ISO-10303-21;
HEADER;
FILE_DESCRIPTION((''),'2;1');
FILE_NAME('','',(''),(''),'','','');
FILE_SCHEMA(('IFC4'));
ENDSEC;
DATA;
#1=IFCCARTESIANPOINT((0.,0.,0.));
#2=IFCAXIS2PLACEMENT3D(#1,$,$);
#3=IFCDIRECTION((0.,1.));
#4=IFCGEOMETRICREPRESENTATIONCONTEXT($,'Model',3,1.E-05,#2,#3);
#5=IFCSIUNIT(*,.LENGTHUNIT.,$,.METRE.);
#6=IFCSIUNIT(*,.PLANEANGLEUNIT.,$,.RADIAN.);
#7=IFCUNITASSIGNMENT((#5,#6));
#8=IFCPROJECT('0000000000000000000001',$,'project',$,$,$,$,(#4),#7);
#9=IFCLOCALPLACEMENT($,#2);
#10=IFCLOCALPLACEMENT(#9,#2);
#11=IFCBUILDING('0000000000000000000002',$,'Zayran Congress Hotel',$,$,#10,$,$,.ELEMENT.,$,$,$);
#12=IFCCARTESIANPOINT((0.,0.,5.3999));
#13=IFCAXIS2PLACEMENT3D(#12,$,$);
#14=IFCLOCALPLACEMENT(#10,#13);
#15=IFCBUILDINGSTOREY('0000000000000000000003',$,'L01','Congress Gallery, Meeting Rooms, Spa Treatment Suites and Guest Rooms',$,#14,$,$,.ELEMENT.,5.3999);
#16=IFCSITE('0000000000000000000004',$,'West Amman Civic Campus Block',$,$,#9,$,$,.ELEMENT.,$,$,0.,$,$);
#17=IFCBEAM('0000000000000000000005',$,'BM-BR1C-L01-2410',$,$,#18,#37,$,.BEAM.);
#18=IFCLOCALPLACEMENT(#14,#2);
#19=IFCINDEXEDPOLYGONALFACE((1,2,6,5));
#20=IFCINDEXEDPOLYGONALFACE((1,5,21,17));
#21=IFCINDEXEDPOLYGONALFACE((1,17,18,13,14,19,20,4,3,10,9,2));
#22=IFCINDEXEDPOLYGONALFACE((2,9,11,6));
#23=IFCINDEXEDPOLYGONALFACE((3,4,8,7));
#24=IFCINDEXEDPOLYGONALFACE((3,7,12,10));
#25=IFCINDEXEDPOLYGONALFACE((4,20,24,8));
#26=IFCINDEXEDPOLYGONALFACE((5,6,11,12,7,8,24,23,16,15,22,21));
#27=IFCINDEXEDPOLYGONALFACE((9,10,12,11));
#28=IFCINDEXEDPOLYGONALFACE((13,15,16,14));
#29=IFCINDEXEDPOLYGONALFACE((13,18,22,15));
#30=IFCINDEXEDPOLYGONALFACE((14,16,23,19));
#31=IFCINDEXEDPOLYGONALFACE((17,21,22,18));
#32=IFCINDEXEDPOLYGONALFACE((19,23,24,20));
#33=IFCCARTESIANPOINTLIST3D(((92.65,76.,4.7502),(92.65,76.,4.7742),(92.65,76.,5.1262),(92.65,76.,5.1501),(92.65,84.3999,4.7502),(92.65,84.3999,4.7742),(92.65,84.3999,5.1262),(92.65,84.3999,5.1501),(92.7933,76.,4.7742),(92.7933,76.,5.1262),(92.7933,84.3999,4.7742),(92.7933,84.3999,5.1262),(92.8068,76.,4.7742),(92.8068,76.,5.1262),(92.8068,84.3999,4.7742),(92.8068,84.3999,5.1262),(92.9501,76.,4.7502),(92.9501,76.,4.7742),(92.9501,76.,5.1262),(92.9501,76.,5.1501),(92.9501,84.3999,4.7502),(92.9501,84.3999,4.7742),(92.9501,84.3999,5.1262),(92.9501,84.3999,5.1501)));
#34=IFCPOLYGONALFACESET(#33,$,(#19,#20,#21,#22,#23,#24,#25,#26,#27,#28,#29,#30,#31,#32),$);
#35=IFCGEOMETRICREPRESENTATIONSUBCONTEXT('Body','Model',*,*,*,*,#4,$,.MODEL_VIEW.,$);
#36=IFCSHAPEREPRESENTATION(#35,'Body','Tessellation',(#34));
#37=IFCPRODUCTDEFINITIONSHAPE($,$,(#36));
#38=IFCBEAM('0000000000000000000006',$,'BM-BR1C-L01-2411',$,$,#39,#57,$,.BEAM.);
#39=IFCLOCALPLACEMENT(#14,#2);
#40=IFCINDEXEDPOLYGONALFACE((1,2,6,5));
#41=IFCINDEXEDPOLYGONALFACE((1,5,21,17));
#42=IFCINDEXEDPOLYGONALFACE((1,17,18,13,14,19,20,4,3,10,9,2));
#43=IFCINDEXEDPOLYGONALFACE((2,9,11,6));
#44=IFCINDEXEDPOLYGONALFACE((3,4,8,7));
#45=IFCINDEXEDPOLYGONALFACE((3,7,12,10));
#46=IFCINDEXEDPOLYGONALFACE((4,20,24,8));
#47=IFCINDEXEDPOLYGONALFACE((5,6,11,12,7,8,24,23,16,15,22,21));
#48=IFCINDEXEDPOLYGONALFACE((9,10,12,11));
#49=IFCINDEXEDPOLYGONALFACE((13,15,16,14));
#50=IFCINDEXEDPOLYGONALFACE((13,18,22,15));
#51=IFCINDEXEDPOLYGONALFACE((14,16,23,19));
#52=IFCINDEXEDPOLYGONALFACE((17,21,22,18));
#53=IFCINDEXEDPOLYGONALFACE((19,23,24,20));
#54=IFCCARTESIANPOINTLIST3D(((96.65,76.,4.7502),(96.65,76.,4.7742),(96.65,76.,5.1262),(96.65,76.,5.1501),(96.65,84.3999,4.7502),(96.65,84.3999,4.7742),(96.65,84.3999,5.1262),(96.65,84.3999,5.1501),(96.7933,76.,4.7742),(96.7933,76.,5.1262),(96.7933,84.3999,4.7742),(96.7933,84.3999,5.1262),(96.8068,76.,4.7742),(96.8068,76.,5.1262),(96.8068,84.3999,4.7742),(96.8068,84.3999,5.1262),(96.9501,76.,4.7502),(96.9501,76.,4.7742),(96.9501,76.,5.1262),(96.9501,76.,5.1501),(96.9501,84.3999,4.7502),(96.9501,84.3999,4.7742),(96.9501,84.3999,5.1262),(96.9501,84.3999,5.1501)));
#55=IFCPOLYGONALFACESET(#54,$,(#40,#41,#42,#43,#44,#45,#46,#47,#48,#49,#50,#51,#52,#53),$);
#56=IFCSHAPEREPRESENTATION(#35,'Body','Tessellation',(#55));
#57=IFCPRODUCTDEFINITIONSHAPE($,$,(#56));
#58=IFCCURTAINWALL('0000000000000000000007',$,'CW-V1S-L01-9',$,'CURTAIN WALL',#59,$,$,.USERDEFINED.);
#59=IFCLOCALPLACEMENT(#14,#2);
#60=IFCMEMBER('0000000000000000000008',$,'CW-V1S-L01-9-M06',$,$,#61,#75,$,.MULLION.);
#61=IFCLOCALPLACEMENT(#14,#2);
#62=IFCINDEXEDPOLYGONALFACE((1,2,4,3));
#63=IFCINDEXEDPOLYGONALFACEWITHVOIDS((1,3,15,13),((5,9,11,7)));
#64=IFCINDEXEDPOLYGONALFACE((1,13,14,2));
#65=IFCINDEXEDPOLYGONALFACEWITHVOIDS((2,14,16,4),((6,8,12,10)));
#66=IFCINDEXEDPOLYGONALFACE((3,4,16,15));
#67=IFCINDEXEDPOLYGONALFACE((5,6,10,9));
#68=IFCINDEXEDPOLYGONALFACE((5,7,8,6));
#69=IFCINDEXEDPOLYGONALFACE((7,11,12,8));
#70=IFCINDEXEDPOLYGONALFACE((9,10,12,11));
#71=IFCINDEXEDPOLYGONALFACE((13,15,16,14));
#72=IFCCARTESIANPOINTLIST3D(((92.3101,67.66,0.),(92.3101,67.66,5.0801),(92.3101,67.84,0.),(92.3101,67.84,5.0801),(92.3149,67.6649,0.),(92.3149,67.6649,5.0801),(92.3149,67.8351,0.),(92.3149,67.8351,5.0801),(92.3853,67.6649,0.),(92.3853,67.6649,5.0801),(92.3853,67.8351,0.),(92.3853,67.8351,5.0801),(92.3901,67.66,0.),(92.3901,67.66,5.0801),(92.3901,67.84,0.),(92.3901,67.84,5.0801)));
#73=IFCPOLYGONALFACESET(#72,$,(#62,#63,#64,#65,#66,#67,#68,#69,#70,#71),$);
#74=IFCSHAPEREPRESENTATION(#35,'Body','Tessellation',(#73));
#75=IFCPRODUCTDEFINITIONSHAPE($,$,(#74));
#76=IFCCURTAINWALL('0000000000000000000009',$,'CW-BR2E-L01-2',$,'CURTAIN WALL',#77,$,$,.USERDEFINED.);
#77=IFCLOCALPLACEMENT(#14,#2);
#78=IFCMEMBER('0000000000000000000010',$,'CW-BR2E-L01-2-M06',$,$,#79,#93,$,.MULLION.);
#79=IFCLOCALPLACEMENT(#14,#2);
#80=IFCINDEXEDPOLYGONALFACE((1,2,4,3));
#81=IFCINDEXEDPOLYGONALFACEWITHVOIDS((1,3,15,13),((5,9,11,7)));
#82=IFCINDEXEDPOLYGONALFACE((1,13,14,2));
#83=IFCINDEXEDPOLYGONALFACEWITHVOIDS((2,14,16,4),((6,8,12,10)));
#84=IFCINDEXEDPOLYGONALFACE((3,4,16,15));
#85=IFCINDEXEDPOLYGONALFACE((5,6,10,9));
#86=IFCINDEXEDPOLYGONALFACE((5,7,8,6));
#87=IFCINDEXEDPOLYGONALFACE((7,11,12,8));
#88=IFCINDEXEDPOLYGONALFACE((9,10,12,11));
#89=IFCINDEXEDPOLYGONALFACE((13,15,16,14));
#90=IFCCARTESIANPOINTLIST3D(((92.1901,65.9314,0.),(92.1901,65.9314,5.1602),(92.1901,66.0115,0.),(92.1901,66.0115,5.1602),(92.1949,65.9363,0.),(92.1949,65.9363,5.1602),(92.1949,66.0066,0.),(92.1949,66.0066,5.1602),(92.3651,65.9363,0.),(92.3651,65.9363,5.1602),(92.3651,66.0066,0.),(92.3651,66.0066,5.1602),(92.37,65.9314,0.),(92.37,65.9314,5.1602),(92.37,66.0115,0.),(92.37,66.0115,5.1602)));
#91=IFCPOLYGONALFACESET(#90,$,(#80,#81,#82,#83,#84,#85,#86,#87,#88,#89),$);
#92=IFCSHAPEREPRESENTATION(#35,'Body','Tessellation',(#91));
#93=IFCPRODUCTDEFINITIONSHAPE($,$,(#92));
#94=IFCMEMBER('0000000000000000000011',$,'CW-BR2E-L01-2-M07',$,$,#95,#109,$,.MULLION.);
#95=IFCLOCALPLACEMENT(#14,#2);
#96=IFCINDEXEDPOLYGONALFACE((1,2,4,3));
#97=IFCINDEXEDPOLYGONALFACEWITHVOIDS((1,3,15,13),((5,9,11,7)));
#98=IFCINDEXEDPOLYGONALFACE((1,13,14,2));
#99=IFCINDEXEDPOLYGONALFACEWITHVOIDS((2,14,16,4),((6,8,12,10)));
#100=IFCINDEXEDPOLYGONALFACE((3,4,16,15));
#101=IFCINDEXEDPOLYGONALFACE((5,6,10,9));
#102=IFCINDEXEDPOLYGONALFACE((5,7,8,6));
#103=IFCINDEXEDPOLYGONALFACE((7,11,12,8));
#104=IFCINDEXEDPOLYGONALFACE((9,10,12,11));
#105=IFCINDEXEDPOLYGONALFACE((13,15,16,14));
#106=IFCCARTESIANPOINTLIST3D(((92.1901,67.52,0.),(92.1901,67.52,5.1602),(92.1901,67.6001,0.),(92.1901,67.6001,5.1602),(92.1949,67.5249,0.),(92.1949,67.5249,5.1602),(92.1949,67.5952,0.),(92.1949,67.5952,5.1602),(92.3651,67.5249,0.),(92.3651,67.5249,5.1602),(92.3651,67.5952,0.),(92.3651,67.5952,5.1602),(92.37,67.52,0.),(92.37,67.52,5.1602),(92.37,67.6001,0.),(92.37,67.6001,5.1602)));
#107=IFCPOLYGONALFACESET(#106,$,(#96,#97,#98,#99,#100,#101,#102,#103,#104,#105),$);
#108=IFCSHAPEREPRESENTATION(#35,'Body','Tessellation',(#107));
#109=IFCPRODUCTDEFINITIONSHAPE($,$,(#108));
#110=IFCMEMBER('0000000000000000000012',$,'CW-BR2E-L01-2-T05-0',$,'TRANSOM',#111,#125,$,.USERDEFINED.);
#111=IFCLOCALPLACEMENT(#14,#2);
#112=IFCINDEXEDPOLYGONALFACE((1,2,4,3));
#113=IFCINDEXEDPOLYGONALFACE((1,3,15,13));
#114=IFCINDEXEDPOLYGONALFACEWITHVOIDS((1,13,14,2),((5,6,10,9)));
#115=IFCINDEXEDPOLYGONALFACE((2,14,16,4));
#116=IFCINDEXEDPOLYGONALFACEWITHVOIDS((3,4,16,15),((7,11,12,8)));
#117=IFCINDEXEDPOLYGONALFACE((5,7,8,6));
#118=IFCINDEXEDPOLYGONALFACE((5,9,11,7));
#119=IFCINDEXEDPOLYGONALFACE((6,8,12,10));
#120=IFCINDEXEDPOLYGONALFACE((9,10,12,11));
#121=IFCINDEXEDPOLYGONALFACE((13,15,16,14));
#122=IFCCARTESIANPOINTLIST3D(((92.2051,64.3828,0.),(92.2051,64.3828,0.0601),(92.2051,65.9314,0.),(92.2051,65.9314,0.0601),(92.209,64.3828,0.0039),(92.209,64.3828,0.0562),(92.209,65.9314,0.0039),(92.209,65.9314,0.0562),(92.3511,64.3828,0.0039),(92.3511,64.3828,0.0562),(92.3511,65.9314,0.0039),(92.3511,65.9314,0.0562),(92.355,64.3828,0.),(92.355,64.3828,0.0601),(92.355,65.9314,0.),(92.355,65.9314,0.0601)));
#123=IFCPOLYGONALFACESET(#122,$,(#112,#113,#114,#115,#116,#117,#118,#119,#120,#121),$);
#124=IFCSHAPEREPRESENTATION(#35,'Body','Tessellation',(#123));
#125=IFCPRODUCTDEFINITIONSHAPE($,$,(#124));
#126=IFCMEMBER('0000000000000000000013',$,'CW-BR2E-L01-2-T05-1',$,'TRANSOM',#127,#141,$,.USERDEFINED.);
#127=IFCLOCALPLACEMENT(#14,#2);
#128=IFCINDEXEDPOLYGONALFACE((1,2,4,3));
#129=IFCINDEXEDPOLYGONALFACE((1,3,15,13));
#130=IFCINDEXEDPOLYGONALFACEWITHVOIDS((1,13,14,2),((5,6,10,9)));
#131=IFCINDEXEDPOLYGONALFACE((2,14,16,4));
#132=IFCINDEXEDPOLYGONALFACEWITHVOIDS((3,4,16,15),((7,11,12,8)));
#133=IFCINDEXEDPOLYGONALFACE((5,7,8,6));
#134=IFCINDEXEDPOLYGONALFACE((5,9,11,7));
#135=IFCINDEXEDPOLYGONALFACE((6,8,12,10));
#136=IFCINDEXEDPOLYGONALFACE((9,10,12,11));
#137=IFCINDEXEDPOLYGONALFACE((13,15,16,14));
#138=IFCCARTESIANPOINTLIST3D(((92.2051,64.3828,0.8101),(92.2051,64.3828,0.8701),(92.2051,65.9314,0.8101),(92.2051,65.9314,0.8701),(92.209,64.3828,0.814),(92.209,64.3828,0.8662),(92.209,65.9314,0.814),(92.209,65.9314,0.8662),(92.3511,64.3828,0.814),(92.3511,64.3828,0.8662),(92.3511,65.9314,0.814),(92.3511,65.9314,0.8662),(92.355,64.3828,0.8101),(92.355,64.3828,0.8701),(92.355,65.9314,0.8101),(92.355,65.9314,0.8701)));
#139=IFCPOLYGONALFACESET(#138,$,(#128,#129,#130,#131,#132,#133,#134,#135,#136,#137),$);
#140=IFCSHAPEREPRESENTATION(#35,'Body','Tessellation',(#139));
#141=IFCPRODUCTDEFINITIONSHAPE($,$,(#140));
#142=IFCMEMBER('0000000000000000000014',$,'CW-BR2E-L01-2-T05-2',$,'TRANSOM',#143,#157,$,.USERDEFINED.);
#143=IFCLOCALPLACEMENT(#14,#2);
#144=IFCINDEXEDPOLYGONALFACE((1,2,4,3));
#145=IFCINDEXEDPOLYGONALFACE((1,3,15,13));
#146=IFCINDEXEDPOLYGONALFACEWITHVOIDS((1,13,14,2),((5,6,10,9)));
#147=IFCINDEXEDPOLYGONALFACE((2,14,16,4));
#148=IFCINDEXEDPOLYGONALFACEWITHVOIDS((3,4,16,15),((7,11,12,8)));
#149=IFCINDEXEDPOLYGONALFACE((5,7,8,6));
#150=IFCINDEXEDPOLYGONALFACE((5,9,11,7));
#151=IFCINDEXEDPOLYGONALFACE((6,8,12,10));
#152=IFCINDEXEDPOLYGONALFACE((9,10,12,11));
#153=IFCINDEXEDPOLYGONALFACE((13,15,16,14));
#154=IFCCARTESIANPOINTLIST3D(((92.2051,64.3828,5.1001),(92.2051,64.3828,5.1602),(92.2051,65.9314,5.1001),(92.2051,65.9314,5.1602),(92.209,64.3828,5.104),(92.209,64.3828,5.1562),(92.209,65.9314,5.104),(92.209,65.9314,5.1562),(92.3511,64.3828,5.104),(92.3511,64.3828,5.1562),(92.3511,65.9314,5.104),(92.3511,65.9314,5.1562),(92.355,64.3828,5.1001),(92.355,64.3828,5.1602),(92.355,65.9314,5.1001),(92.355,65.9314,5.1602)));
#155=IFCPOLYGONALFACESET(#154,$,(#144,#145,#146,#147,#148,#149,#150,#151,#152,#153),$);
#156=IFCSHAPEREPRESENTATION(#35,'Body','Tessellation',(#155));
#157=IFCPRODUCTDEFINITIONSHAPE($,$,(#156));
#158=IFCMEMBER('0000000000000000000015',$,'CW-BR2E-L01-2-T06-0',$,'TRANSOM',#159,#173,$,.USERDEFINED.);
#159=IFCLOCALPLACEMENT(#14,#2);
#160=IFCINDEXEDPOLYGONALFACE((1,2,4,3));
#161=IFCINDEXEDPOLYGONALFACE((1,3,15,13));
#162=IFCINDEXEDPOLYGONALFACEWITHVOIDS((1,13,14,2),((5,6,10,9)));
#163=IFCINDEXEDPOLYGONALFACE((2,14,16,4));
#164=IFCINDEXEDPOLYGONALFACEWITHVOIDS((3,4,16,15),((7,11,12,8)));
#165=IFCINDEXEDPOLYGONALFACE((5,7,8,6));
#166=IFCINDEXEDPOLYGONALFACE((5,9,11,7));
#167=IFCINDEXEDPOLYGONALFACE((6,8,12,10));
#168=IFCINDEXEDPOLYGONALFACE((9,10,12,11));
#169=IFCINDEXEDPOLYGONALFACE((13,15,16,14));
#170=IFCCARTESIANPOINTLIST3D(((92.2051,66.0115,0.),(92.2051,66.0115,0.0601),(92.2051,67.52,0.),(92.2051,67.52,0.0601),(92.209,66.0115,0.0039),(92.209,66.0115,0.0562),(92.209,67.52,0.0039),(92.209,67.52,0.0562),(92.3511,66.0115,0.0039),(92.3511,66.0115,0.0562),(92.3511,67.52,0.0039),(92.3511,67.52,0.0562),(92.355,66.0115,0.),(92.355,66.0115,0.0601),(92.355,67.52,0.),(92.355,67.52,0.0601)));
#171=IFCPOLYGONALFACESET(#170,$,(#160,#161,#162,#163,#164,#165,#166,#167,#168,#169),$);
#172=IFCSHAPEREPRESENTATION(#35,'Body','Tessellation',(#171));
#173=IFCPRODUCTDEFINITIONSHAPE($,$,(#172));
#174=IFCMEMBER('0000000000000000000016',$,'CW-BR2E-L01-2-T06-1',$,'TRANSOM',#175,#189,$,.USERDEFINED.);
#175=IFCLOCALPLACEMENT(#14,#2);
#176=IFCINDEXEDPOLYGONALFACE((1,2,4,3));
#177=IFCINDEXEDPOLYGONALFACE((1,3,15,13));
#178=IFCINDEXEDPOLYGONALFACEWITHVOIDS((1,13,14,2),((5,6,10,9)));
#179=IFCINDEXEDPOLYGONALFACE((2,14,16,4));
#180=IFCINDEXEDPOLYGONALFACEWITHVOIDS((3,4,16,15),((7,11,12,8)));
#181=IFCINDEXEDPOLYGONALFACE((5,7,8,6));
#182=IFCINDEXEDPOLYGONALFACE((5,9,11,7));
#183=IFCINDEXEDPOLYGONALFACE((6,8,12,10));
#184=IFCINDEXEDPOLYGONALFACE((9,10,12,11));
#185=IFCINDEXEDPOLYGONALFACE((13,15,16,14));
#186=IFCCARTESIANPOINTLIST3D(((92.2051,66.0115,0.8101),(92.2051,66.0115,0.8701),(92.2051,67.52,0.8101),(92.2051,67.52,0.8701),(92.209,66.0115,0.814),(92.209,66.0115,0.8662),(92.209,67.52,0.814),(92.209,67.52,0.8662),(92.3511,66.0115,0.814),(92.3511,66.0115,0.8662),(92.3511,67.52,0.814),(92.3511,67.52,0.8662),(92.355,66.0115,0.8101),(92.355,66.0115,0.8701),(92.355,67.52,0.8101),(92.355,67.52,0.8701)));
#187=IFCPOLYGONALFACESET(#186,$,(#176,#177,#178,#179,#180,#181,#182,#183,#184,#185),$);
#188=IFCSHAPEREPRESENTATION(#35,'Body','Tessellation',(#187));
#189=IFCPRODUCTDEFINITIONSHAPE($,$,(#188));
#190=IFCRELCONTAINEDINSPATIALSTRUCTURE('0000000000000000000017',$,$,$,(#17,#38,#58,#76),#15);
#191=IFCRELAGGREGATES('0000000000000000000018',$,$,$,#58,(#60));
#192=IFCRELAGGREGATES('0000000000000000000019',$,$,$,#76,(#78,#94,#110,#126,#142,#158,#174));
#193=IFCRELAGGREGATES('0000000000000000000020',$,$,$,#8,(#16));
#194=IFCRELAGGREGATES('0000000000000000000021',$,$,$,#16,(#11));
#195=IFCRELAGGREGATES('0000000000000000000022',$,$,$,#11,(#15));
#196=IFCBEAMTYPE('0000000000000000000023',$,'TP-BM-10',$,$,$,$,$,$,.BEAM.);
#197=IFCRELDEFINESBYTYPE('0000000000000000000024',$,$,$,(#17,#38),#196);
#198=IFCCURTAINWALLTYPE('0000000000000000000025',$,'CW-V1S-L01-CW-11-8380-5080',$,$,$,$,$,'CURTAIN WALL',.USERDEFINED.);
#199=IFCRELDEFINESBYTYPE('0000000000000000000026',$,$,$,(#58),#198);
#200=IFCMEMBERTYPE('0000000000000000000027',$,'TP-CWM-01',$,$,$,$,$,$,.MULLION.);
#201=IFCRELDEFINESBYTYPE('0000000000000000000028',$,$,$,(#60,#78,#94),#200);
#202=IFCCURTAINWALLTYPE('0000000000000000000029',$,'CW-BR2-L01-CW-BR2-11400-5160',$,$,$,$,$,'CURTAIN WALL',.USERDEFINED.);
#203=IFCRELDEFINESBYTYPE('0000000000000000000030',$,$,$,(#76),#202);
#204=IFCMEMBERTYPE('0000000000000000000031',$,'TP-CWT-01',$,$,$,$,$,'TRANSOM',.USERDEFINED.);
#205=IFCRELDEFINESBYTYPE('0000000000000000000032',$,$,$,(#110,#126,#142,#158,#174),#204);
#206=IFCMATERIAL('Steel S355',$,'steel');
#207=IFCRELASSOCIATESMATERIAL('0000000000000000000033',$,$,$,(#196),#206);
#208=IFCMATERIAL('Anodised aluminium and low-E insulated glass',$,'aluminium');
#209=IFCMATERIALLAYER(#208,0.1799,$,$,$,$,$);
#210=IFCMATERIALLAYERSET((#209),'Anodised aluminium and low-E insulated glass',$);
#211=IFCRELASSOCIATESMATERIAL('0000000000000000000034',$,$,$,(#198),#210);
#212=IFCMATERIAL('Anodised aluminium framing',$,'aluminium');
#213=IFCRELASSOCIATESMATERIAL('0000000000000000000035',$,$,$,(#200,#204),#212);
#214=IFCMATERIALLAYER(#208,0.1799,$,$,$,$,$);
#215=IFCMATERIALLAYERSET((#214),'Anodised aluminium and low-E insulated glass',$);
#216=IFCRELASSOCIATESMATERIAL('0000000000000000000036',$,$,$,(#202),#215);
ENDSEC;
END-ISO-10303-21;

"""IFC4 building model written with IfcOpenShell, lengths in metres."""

from ifc_helpers import new_model, si_unit, direction, frame, origin, origin_2d, place, context, subcontext, project, spatial, hollow_rectangle, i_section, extrude, material, layer, layer_set, material_profile, profile_set, type_object, element, aggregate, save


model = new_model("IFC4")

# Units and contexts
model_context = context("Model", 3, precision=1e-05, world=origin(), true_north=direction((0.0, 1.0)))
body_context = subcontext(model_context, "Body", "Model", "MODEL_VIEW")
ifc_project = project(units=[si_unit("LENGTHUNIT", "METRE"), si_unit("PLANEANGLEUNIT", "RADIAN")], contexts=[model_context])

# Site, building, storey
site_placement = place(None, origin())
site = spatial("IfcSite", under=ifc_project, at=site_placement, Name="West Amman Civic Campus Block", CompositionType="ELEMENT", RefElevation=0.0)
building_placement = place(site_placement, origin())
building = spatial("IfcBuilding", under=site, at=building_placement, Name="Zayran Congress Hotel", CompositionType="ELEMENT")
storey_placement = place(building_placement, frame((0.0, 0.0, 5.3999)))
storey = spatial("IfcBuildingStorey", under=building, at=storey_placement, Name="L01", Description="Congress Gallery, Meeting Rooms, Spa Treatment Suites and Guest Rooms", CompositionType="ELEMENT", Elevation=5.3999)

# Beams
ifc_material_1 = material(Name="Steel S355", Category="steel")
ifc_material_profile_1 = material_profile(ifc_material_1, i_section(OverallWidth=0.3, OverallDepth=0.3999, WebThickness=0.0134, FlangeThickness=0.0239, at=origin_2d()), Name="HEB 400")
ifc_profile_set_1 = profile_set([ifc_material_profile_1], Name="Steel S355")
beam_type = type_object("IfcBeamType", Name="TP-BM-10", PredefinedType="BEAM", material=ifc_profile_set_1)
for number, where, z_axis, x_axis, name in (
    (1, (92.8, 76.0, 4.9502), (0.0, 1.0, 0.0), (-1.0, 0.0, 0.0), "BM-BR1C-L01-2410"),
    (2, (96.8, 76.0, 4.9502), (0.0, 1.0, 0.0), (-1.0, 0.0, 0.0), "BM-BR1C-L01-2411"),
):
    element("IfcBeam", number, at=place(storey_placement, frame(where, z_axis=z_axis, x_axis=x_axis)), inside=storey, type_object=beam_type, Name=name, PredefinedType="BEAM", context=body_context, shape_type="SweptSolid", body=[
        extrude(i_section(OverallWidth=0.3, OverallDepth=0.3999, WebThickness=0.0134, FlangeThickness=0.0239, at=origin_2d()), origin(), (0.0, 0.0, 1.0), 8.3999),
    ])

# Curtain wall, member
ifc_material_2 = material(Name="Anodised aluminium and low-E insulated glass", Category="aluminium")
ifc_layer_1 = layer(ifc_material_2, 0.1799)
ifc_layer_set_1 = layer_set([ifc_layer_1], Name="Anodised aluminium and low-E insulated glass")
curtain_wall_type_1 = type_object("IfcCurtainWallType", Name="CW-V1S-L01-CW-11-8380-5080", ElementType="CURTAIN WALL", PredefinedType="USERDEFINED", material=ifc_layer_set_1)
curtain_wall_1_placement = place(storey_placement, origin())
curtain_wall_1 = element("IfcCurtainWall", 3, at=curtain_wall_1_placement, inside=storey, type_object=curtain_wall_type_1, Name="CW-V1S-L01-9", ObjectType="CURTAIN WALL", PredefinedType="USERDEFINED")
ifc_material_3 = material(Name="Anodised aluminium framing", Category="aluminium")
ifc_material_profile_2 = material_profile(ifc_material_3, hollow_rectangle(XDim=0.0801, YDim=0.1799, WallThickness=0.0049, at=origin_2d()), Name="RHS 180x80x5")
ifc_profile_set_2 = profile_set([ifc_material_profile_2], Name="Anodised aluminium framing")
member_type_1 = type_object("IfcMemberType", Name="TP-CWM-01", PredefinedType="MULLION", material=ifc_profile_set_2)
member_1_placement = place(storey_placement, frame((92.3501, 67.75, 0.0), z_axis=(0.0, 0.0, 1.0), x_axis=(1.0, 0.0, 0.0)))
member_1 = element("IfcMember", 4, at=member_1_placement, type_object=member_type_1, Name="CW-V1S-L01-9-M06", PredefinedType="MULLION", context=body_context, shape_type="SweptSolid", body=[
    extrude(hollow_rectangle(XDim=0.0801, YDim=0.1799, WallThickness=0.0049, at=origin_2d()), origin(), (0.0, 0.0, 1.0), 5.0801),
])
aggregate(curtain_wall_1, [member_1])

# Curtain wall, members
ifc_layer_2 = layer(ifc_material_2, 0.1799)
ifc_layer_set_2 = layer_set([ifc_layer_2], Name="Anodised aluminium and low-E insulated glass")
curtain_wall_type_2 = type_object("IfcCurtainWallType", Name="CW-BR2-L01-CW-BR2-11400-5160", ElementType="CURTAIN WALL", PredefinedType="USERDEFINED", material=ifc_layer_set_2)
curtain_wall_2_placement = place(storey_placement, origin())
curtain_wall_2 = element("IfcCurtainWall", 5, at=curtain_wall_2_placement, inside=storey, type_object=curtain_wall_type_2, Name="CW-BR2E-L01-2", ObjectType="CURTAIN WALL", PredefinedType="USERDEFINED")
member_2_placement = place(storey_placement, frame((92.28, 65.9714, 0.0), z_axis=(0.0, 0.0, 1.0), x_axis=(0.0, 1.0, 0.0)))
member_2 = element("IfcMember", 6, at=member_2_placement, type_object=member_type_1, Name="CW-BR2E-L01-2-M06", PredefinedType="MULLION", context=body_context, shape_type="SweptSolid", body=[
    extrude(hollow_rectangle(XDim=0.0801, YDim=0.1799, WallThickness=0.0049, at=origin_2d()), origin(), (0.0, 0.0, 1.0), 5.1602),
])
member_3_placement = place(storey_placement, frame((92.28, 67.5601, 0.0), z_axis=(0.0, 0.0, 1.0), x_axis=(0.0, 1.0, 0.0)))
member_3 = element("IfcMember", 7, at=member_3_placement, type_object=member_type_1, Name="CW-BR2E-L01-2-M07", PredefinedType="MULLION", context=body_context, shape_type="SweptSolid", body=[
    extrude(hollow_rectangle(XDim=0.0801, YDim=0.1799, WallThickness=0.0049, at=origin_2d()), origin(), (0.0, 0.0, 1.0), 5.1602),
])
ifc_material_profile_3 = material_profile(ifc_material_3, hollow_rectangle(XDim=0.0601, YDim=0.1499, WallThickness=0.0039, at=origin_2d()), Name="RHS 150x60x4")
ifc_profile_set_3 = profile_set([ifc_material_profile_3], Name="Anodised aluminium framing")
member_type_2 = type_object("IfcMemberType", Name="TP-CWT-01", ElementType="TRANSOM", PredefinedType="USERDEFINED", material=ifc_profile_set_3)
member_4_placement = place(storey_placement, frame((92.28, 64.3828, 0.03), z_axis=(0.0, 1.0, 0.0), x_axis=(0.0, 0.0, 1.0)))
member_4 = element("IfcMember", 8, at=member_4_placement, type_object=member_type_2, Name="CW-BR2E-L01-2-T05-0", ObjectType="TRANSOM", PredefinedType="USERDEFINED", context=body_context, shape_type="SweptSolid", body=[
    extrude(hollow_rectangle(XDim=0.0601, YDim=0.1499, WallThickness=0.0039, at=origin_2d()), origin(), (0.0, 0.0, 1.0), 1.5486),
])
member_5_placement = place(storey_placement, frame((92.28, 64.3828, 0.8401), z_axis=(0.0, 1.0, 0.0), x_axis=(0.0, 0.0, 1.0)))
member_5 = element("IfcMember", 9, at=member_5_placement, type_object=member_type_2, Name="CW-BR2E-L01-2-T05-1", ObjectType="TRANSOM", PredefinedType="USERDEFINED", context=body_context, shape_type="SweptSolid", body=[
    extrude(hollow_rectangle(XDim=0.0601, YDim=0.1499, WallThickness=0.0039, at=origin_2d()), origin(), (0.0, 0.0, 1.0), 1.5486),
])
member_6_placement = place(storey_placement, frame((92.28, 64.3828, 5.1301), z_axis=(0.0, 1.0, 0.0), x_axis=(0.0, 0.0, 1.0)))
member_6 = element("IfcMember", 10, at=member_6_placement, type_object=member_type_2, Name="CW-BR2E-L01-2-T05-2", ObjectType="TRANSOM", PredefinedType="USERDEFINED", context=body_context, shape_type="SweptSolid", body=[
    extrude(hollow_rectangle(XDim=0.0601, YDim=0.1499, WallThickness=0.0039, at=origin_2d()), origin(), (0.0, 0.0, 1.0), 1.5486),
])
member_7_placement = place(storey_placement, frame((92.28, 66.0115, 0.03), z_axis=(0.0, 1.0, 0.0), x_axis=(0.0, 0.0, 1.0)))
member_7 = element("IfcMember", 11, at=member_7_placement, type_object=member_type_2, Name="CW-BR2E-L01-2-T06-0", ObjectType="TRANSOM", PredefinedType="USERDEFINED", context=body_context, shape_type="SweptSolid", body=[
    extrude(hollow_rectangle(XDim=0.0601, YDim=0.1499, WallThickness=0.0039, at=origin_2d()), origin(), (0.0, 0.0, 1.0), 1.5085),
])
member_8_placement = place(storey_placement, frame((92.28, 66.0115, 0.8401), z_axis=(0.0, 1.0, 0.0), x_axis=(0.0, 0.0, 1.0)))
member_8 = element("IfcMember", 12, at=member_8_placement, type_object=member_type_2, Name="CW-BR2E-L01-2-T06-1", ObjectType="TRANSOM", PredefinedType="USERDEFINED", context=body_context, shape_type="SweptSolid", body=[
    extrude(hollow_rectangle(XDim=0.0601, YDim=0.1499, WallThickness=0.0039, at=origin_2d()), origin(), (0.0, 0.0, 1.0), 1.5085),
])

aggregate(curtain_wall_2, [member_2, member_3, member_4, member_5, member_6, member_7, member_8])

save(model, "model.ifc")
